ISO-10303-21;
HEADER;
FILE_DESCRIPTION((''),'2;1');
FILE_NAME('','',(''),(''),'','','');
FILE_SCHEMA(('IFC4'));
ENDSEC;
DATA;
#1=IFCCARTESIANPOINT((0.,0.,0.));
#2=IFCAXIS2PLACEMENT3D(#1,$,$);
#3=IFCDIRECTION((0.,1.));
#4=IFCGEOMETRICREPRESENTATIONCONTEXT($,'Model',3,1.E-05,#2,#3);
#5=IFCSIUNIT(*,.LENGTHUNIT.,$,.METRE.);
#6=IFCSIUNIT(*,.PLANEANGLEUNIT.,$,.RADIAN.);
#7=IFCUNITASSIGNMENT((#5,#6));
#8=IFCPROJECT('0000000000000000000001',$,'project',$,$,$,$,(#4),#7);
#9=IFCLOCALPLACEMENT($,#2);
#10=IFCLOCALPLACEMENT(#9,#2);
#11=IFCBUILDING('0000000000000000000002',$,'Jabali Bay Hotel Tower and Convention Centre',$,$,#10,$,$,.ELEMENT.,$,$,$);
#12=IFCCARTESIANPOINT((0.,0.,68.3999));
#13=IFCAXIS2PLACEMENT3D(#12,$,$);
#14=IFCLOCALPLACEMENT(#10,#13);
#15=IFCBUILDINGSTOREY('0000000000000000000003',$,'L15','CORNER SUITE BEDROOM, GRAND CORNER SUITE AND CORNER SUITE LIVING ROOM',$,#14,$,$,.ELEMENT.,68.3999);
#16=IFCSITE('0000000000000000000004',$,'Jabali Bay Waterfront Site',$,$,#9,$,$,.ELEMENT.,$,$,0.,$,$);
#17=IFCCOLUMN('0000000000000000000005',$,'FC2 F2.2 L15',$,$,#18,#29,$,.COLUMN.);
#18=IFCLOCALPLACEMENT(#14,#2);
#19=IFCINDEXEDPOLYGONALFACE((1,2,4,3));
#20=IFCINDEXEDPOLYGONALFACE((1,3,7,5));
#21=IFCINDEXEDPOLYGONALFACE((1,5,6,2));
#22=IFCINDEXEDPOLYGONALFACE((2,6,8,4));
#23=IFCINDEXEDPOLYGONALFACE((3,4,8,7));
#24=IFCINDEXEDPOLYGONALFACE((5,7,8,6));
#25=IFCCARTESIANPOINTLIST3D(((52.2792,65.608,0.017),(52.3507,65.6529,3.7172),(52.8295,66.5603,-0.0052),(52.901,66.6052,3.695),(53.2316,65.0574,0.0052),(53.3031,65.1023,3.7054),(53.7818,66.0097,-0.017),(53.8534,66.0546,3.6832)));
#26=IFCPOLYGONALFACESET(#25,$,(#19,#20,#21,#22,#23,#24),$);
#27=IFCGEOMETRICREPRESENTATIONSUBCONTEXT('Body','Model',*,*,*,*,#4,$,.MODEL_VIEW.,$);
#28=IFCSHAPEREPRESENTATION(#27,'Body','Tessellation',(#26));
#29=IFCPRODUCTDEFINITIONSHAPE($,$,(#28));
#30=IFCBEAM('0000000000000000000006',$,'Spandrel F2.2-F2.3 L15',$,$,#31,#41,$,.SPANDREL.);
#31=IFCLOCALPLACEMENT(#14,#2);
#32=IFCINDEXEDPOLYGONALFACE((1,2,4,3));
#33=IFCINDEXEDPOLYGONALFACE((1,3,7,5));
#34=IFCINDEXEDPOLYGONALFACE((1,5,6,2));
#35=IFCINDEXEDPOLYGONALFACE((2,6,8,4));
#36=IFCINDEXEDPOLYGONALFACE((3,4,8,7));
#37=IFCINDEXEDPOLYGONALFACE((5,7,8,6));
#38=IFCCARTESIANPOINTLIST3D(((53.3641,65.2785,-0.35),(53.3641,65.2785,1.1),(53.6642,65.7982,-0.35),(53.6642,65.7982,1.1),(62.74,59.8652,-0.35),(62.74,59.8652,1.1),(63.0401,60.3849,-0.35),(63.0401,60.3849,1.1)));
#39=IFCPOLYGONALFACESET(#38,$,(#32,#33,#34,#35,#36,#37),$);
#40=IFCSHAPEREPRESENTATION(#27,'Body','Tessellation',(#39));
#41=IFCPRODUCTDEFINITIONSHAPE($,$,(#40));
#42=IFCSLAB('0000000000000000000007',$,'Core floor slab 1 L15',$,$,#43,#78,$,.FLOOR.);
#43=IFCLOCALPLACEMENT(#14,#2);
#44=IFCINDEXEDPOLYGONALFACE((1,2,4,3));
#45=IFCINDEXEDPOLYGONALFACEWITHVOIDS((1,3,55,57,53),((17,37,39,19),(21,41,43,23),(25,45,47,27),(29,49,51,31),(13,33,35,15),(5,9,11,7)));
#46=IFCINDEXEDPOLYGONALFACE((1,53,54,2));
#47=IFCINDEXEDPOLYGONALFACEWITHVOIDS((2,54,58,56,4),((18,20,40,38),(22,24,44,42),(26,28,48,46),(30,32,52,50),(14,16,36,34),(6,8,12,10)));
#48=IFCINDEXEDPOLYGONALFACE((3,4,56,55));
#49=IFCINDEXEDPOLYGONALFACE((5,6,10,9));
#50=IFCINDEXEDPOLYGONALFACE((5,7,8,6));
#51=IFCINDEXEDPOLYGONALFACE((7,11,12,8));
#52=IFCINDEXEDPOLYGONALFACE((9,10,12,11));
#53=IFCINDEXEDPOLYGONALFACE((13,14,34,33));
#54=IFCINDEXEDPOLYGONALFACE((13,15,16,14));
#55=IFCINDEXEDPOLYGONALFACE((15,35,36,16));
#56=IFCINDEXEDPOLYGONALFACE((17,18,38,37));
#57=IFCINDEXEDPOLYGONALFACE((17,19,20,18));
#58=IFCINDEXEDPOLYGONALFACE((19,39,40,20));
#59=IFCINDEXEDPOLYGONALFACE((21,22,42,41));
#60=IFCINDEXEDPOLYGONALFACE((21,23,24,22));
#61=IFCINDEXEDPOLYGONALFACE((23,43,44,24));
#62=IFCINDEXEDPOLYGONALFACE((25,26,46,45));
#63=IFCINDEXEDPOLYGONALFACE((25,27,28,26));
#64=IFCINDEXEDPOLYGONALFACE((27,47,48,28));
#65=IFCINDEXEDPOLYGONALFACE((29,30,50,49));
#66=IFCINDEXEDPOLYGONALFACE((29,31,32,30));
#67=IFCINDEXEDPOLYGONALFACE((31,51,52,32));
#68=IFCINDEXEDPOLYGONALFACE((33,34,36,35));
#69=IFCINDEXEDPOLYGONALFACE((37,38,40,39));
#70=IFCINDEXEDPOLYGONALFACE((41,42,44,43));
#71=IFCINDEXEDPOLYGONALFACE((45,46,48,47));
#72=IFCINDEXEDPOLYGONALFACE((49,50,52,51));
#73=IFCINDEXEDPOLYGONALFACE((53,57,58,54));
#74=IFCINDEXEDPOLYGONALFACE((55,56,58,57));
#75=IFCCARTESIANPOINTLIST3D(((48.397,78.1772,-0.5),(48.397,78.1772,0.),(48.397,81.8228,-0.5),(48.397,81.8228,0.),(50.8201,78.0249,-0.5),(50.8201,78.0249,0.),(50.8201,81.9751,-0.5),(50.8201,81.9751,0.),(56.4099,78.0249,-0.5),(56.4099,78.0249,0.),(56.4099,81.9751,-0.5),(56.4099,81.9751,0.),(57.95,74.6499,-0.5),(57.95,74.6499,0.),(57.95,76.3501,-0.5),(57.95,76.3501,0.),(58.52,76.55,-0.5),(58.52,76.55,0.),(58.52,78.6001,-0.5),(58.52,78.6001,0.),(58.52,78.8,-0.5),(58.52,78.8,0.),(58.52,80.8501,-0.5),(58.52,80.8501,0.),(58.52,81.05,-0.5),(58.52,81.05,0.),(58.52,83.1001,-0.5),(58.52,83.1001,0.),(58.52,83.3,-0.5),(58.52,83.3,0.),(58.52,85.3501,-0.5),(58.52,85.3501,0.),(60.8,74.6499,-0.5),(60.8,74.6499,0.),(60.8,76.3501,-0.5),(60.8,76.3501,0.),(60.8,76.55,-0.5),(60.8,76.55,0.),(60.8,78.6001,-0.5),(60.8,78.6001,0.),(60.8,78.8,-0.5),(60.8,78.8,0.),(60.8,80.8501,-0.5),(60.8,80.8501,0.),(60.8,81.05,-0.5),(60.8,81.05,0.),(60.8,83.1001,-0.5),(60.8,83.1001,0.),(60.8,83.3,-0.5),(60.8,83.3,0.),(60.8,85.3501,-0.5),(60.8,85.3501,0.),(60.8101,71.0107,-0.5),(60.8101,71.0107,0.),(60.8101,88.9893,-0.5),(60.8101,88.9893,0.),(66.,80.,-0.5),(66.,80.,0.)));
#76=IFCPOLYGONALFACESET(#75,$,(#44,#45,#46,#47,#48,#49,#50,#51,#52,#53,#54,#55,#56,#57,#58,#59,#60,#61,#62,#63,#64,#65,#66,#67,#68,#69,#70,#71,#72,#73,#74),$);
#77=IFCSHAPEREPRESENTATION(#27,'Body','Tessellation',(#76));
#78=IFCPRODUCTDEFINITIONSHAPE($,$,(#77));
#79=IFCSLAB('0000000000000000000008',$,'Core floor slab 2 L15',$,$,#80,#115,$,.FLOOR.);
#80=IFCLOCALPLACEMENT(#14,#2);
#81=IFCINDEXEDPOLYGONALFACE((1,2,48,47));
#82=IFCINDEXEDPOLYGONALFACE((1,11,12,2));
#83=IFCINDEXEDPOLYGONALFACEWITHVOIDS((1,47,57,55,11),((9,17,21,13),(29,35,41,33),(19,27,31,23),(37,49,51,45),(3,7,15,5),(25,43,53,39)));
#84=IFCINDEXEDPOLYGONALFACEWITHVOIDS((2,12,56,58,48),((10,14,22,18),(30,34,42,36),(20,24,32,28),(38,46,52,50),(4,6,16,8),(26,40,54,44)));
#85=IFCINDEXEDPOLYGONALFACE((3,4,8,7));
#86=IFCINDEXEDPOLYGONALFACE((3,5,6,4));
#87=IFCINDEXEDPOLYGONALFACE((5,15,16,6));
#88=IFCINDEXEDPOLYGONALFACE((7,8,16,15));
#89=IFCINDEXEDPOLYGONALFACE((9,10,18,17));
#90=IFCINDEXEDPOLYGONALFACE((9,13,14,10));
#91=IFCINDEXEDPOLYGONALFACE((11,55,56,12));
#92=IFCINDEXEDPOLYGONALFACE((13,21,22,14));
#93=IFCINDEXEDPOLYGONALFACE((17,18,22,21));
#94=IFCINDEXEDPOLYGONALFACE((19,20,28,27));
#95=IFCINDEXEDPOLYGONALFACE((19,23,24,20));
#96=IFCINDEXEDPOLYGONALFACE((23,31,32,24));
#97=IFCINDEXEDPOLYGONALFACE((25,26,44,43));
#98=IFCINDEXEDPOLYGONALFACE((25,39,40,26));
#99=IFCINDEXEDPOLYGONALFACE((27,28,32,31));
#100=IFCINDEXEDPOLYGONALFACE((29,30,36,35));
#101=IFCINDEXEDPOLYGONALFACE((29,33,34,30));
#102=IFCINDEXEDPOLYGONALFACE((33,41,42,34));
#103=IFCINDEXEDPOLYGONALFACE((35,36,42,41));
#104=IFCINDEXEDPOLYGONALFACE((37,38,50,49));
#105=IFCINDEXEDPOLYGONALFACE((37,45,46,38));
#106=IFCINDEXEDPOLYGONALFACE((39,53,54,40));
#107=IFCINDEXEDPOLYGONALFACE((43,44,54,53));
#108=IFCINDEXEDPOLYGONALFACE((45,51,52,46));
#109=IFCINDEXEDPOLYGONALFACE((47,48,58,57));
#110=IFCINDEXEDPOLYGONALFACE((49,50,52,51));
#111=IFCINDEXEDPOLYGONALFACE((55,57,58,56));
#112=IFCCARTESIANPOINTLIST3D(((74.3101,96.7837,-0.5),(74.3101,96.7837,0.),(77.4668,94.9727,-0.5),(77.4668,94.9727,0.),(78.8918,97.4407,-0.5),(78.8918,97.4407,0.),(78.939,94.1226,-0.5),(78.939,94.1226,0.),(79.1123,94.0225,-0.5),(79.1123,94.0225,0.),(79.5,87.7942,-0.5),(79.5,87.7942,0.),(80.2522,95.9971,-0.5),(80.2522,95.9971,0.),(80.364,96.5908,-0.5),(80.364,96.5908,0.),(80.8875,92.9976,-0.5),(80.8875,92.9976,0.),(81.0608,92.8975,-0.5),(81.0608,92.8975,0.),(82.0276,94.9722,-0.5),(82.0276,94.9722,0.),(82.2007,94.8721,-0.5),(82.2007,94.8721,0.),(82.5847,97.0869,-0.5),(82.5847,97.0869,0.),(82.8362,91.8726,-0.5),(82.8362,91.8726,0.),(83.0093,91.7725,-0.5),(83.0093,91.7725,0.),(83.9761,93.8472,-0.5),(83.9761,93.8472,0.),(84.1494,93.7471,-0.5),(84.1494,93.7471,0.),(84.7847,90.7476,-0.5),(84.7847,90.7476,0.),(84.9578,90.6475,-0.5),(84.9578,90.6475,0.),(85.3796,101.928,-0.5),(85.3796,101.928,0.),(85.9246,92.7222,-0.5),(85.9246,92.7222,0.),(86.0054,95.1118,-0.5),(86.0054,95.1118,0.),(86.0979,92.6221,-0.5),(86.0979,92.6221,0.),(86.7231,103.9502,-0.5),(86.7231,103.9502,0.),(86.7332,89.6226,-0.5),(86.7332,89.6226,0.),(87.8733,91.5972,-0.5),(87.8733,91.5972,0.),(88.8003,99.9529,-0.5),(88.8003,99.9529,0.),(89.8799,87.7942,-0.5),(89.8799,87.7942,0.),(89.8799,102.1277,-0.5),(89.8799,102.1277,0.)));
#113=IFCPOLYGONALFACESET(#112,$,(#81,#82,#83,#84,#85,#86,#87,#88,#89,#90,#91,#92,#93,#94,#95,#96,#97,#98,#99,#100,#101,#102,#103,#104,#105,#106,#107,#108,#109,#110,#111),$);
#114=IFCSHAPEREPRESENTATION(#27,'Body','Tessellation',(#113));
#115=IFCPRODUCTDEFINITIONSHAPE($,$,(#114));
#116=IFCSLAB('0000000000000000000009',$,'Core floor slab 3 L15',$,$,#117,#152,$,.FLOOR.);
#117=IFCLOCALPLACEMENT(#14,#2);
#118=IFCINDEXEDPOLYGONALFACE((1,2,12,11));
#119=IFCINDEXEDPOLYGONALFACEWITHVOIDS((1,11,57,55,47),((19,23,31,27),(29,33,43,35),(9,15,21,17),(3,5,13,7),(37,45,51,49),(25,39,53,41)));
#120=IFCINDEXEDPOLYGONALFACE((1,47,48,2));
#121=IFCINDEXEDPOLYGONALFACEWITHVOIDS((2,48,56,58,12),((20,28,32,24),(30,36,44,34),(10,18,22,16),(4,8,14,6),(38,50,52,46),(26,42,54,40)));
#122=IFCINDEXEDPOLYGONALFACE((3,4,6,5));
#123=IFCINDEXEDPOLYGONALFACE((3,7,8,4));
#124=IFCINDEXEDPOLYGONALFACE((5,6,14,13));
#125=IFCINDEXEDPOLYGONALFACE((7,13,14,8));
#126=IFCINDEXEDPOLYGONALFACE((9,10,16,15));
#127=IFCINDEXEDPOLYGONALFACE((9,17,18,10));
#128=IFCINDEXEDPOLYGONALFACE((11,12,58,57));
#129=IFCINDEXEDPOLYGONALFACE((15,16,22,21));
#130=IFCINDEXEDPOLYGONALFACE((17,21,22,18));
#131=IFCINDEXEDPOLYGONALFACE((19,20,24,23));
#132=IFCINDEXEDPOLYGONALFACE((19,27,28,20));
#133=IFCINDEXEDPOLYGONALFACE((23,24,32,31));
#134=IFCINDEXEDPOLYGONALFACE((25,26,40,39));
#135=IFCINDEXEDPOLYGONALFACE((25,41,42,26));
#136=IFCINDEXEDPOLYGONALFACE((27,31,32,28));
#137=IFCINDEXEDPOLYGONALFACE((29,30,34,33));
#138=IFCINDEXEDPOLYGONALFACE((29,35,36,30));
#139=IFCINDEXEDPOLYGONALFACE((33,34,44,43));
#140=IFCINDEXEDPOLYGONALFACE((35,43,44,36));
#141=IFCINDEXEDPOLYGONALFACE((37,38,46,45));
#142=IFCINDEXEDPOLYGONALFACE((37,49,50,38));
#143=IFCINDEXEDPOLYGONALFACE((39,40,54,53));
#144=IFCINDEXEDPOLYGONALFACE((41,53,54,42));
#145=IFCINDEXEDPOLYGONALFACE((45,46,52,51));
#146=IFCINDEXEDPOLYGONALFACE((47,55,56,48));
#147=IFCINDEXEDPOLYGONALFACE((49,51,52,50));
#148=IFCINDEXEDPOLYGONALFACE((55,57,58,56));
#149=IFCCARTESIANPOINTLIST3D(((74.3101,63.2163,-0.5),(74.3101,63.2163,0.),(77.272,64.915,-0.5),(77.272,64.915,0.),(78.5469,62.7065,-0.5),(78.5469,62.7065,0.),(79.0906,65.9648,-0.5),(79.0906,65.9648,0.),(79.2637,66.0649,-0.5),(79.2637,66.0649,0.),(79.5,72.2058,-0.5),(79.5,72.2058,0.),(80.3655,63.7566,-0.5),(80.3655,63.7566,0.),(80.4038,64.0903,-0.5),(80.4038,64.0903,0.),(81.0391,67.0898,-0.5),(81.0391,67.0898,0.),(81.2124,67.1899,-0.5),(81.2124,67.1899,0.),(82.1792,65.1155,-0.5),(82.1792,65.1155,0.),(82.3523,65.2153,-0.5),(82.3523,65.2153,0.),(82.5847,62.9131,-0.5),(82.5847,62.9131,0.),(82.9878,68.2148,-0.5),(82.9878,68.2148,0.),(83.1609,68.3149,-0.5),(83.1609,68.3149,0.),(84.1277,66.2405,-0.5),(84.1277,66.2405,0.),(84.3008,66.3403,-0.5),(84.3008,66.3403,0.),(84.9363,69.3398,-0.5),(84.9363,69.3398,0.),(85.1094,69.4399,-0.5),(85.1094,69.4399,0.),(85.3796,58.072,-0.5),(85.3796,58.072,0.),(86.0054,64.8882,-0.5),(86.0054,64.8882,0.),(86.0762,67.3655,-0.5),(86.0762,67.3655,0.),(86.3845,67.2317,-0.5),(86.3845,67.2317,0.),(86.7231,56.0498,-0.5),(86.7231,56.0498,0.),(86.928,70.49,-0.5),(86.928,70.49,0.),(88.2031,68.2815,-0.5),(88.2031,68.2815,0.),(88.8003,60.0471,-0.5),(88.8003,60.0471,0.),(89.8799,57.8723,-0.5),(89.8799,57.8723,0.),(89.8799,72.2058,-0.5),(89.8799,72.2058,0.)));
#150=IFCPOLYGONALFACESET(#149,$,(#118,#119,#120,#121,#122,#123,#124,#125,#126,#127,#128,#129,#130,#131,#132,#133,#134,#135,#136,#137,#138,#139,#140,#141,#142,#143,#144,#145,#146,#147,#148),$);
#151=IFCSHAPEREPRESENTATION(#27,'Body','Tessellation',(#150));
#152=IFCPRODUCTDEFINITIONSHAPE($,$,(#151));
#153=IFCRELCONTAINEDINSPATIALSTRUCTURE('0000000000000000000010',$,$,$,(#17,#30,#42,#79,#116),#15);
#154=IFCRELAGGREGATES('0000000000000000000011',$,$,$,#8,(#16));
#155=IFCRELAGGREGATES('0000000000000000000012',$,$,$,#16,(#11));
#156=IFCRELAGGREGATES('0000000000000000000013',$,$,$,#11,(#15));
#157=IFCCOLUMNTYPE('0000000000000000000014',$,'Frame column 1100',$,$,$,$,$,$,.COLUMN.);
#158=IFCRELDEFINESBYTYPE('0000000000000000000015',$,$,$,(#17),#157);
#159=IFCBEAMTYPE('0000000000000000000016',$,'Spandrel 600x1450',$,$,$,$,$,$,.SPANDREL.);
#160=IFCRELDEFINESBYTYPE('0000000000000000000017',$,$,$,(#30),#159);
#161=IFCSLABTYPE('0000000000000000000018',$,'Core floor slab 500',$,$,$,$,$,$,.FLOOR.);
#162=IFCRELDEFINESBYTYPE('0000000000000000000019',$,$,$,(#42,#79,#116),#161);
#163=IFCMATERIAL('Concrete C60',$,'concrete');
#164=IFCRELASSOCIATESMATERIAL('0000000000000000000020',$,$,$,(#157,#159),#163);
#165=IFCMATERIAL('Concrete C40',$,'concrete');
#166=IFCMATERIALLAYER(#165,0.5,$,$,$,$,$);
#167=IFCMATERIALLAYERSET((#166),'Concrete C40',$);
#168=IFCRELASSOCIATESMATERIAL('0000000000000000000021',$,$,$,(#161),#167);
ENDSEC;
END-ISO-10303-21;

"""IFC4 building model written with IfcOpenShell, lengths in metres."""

from ifc_helpers import new_model, si_unit, direction, frame, origin, origin_2d, place, context, subcontext, project, spatial, polyline, rectangle, outline, extrude, material, layer, layer_set, material_profile, profile_set, type_object, element, save


model = new_model("IFC4")

# Units and contexts
model_context = context("Model", 3, precision=1e-05, world=origin(), true_north=direction((0.0, 1.0)))
body_context = subcontext(model_context, "Body", "Model", "MODEL_VIEW")
ifc_project = project(units=[si_unit("LENGTHUNIT", "METRE"), si_unit("PLANEANGLEUNIT", "RADIAN")], contexts=[model_context])

# Site, building, storey
site_placement = place(None, origin())
site = spatial("IfcSite", under=ifc_project, at=site_placement, Name="Jabali Bay Waterfront Site", CompositionType="ELEMENT", RefElevation=0.0)
building_placement = place(site_placement, origin())
building = spatial("IfcBuilding", under=site, at=building_placement, Name="Jabali Bay Hotel Tower and Convention Centre", CompositionType="ELEMENT")
storey_placement = place(building_placement, frame((0.0, 0.0, 68.3999)))
storey = spatial("IfcBuildingStorey", under=building, at=storey_placement, Name="L15", Description="CORNER SUITE BEDROOM, GRAND CORNER SUITE AND CORNER SUITE LIVING ROOM", CompositionType="ELEMENT", Elevation=68.3999)

# Column
ifc_material_1 = material(Name="Concrete C60", Category="concrete")
ifc_material_profile_1 = material_profile(ifc_material_1, rectangle(XDim=1.1001, YDim=1.1001, at=origin_2d()), Name="Frame column 1100")
ifc_profile_set_1 = profile_set([ifc_material_profile_1], Name="Concrete C60")
column_type = type_object("IfcColumnType", Name="Frame column 1100", PredefinedType="COLUMN", material=ifc_profile_set_1)
column_placement = place(storey_placement, frame((53.0305, 65.8088, 0.0), z_axis=(0.019327, 0.012137, 0.99974), x_axis=(-0.865691, 0.500465, 0.01066)))
element("IfcColumn", 1, at=column_placement, inside=storey, type_object=column_type, Name="FC2 F2.2 L15", PredefinedType="COLUMN", context=body_context, shape_type="SweptSolid", body=[
    extrude(rectangle(XDim=1.1001, YDim=1.1001, at=origin_2d()), origin(), (0.0, 0.0, 1.0), 3.7012),
])

# Beam
ifc_material_profile_2 = material_profile(ifc_material_1, rectangle(XDim=0.6001, YDim=1.45, at=origin_2d()), Name="Spandrel 600x1450")
ifc_profile_set_2 = profile_set([ifc_material_profile_2], Name="Concrete C60")
beam_type = type_object("IfcBeamType", Name="Spandrel 600x1450", PredefinedType="SPANDREL", material=ifc_profile_set_2)
beam_placement = place(storey_placement, frame((53.5142, 65.5383, 0.375), z_axis=(0.866021, -0.500007, 0.0), x_axis=(0.500007, 0.866021, 0.0)))
element("IfcBeam", 2, at=beam_placement, inside=storey, type_object=beam_type, Name="Spandrel F2.2-F2.3 L15", PredefinedType="SPANDREL", context=body_context, shape_type="SweptSolid", body=[
    extrude(rectangle(XDim=0.6001, YDim=1.45, at=origin_2d()), origin(), (0.0, 0.0, 1.0), 10.8264),
])

# Slabs
ifc_material_2 = material(Name="Concrete C40", Category="concrete")
ifc_layer_1 = layer(ifc_material_2, 0.5)
ifc_layer_set_1 = layer_set([ifc_layer_1], Name="Concrete C40")
slab_type_1 = type_object("IfcSlabType", Name="Core floor slab 500", PredefinedType="FLOOR", material=ifc_layer_set_1)
slab_1_placement = place(storey_placement, frame((0.0, 0.0, -0.5)))
element("IfcSlab", 3, at=slab_1_placement, inside=storey, type_object=slab_type_1, Name="Core floor slab 1 L15", PredefinedType="FLOOR", context=body_context, shape_type="SweptSolid", body=[
    extrude(outline(polyline([(66.0, 80.0), (60.8101, 88.9893), (48.397, 81.8228), (48.397, 78.1772), (60.8101, 71.0107), (66.0, 80.0)]), holes=[polyline([(60.8, 74.6499), (60.8, 76.3501), (57.95, 76.3501), (57.95, 74.6499), (60.8, 74.6499)]), polyline([(58.52, 76.55), (60.8, 76.55), (60.8, 78.6001), (58.52, 78.6001), (58.52, 76.55)]), polyline([(58.52, 78.8), (60.8, 78.8), (60.8, 80.8501), (58.52, 80.8501), (58.52, 78.8)]), polyline([(56.4099, 81.9751), (50.8201, 81.9751), (50.8201, 78.0249), (56.4099, 78.0249), (56.4099, 81.9751)]), polyline([(58.52, 81.05), (60.8, 81.05), (60.8, 83.1001), (58.52, 83.1001), (58.52, 81.05)]), polyline([(58.52, 83.3), (60.8, 83.3), (60.8, 85.3501), (58.52, 85.3501), (58.52, 83.3)])]), origin(), (0.0, 0.0, 1.0), 0.5),
])
slab_2_placement = place(storey_placement, frame((0.0, 0.0, -0.5)))
element("IfcSlab", 4, at=slab_2_placement, inside=storey, type_object=slab_type_1, Name="Core floor slab 2 L15", PredefinedType="FLOOR", context=body_context, shape_type="SweptSolid", body=[
    extrude(outline(polyline([(79.5, 87.7942), (89.8799, 87.7942), (89.8799, 102.1277), (86.7231, 103.9502), (74.3101, 96.7837), (79.5, 87.7942)]), holes=[polyline([(84.9578, 90.6475), (86.7332, 89.6226), (87.8733, 91.5972), (86.0979, 92.6221), (84.9578, 90.6475)]), polyline([(84.1494, 93.7471), (83.0093, 91.7725), (84.7847, 90.7476), (85.9246, 92.7222), (84.1494, 93.7471)]), polyline([(82.2007, 94.8721), (81.0608, 92.8975), (82.8362, 91.8726), (83.9761, 93.8472), (82.2007, 94.8721)]), polyline([(79.1123, 94.0225), (80.8875, 92.9976), (82.0276, 94.9722), (80.2522, 95.9971), (79.1123, 94.0225)]), polyline([(78.8918, 97.4407), (77.4668, 94.9727), (78.939, 94.1226), (80.364, 96.5908), (78.8918, 97.4407)]), polyline([(82.5847, 97.0869), (86.0054, 95.1118), (88.8003, 99.9529), (85.3796, 101.928), (82.5847, 97.0869)])]), origin(), (0.0, 0.0, 1.0), 0.5),
])
slab_3_placement = place(storey_placement, frame((0.0, 0.0, -0.5)))
element("IfcSlab", 5, at=slab_3_placement, inside=storey, type_object=slab_type_1, Name="Core floor slab 3 L15", PredefinedType="FLOOR", context=body_context, shape_type="SweptSolid", body=[
    extrude(outline(polyline([(79.5, 72.2058), (74.3101, 63.2163), (86.7231, 56.0498), (89.8799, 57.8723), (89.8799, 72.2058), (79.5, 72.2058)]), holes=[polyline([(82.5847, 62.9131), (85.3796, 58.072), (88.8003, 60.0471), (86.0054, 64.8882), (82.5847, 62.9131)]), polyline([(80.3655, 63.7566), (79.0906, 65.9648), (77.272, 64.915), (78.5469, 62.7065), (80.3655, 63.7566)]), polyline([(82.1792, 65.1155), (81.0391, 67.0898), (79.2637, 66.0649), (80.4038, 64.0903), (82.1792, 65.1155)]), polyline([(82.9878, 68.2148), (81.2124, 67.1899), (82.3523, 65.2153), (84.1277, 66.2405), (82.9878, 68.2148)]), polyline([(86.0762, 67.3655), (84.9363, 69.3398), (83.1609, 68.3149), (84.3008, 66.3403), (86.0762, 67.3655)]), polyline([(88.2031, 68.2815), (86.928, 70.49), (85.1094, 69.4399), (86.3845, 67.2317), (88.2031, 68.2815)])]), origin(), (0.0, 0.0, 1.0), 0.5),
])

save(model, "model.ifc")
